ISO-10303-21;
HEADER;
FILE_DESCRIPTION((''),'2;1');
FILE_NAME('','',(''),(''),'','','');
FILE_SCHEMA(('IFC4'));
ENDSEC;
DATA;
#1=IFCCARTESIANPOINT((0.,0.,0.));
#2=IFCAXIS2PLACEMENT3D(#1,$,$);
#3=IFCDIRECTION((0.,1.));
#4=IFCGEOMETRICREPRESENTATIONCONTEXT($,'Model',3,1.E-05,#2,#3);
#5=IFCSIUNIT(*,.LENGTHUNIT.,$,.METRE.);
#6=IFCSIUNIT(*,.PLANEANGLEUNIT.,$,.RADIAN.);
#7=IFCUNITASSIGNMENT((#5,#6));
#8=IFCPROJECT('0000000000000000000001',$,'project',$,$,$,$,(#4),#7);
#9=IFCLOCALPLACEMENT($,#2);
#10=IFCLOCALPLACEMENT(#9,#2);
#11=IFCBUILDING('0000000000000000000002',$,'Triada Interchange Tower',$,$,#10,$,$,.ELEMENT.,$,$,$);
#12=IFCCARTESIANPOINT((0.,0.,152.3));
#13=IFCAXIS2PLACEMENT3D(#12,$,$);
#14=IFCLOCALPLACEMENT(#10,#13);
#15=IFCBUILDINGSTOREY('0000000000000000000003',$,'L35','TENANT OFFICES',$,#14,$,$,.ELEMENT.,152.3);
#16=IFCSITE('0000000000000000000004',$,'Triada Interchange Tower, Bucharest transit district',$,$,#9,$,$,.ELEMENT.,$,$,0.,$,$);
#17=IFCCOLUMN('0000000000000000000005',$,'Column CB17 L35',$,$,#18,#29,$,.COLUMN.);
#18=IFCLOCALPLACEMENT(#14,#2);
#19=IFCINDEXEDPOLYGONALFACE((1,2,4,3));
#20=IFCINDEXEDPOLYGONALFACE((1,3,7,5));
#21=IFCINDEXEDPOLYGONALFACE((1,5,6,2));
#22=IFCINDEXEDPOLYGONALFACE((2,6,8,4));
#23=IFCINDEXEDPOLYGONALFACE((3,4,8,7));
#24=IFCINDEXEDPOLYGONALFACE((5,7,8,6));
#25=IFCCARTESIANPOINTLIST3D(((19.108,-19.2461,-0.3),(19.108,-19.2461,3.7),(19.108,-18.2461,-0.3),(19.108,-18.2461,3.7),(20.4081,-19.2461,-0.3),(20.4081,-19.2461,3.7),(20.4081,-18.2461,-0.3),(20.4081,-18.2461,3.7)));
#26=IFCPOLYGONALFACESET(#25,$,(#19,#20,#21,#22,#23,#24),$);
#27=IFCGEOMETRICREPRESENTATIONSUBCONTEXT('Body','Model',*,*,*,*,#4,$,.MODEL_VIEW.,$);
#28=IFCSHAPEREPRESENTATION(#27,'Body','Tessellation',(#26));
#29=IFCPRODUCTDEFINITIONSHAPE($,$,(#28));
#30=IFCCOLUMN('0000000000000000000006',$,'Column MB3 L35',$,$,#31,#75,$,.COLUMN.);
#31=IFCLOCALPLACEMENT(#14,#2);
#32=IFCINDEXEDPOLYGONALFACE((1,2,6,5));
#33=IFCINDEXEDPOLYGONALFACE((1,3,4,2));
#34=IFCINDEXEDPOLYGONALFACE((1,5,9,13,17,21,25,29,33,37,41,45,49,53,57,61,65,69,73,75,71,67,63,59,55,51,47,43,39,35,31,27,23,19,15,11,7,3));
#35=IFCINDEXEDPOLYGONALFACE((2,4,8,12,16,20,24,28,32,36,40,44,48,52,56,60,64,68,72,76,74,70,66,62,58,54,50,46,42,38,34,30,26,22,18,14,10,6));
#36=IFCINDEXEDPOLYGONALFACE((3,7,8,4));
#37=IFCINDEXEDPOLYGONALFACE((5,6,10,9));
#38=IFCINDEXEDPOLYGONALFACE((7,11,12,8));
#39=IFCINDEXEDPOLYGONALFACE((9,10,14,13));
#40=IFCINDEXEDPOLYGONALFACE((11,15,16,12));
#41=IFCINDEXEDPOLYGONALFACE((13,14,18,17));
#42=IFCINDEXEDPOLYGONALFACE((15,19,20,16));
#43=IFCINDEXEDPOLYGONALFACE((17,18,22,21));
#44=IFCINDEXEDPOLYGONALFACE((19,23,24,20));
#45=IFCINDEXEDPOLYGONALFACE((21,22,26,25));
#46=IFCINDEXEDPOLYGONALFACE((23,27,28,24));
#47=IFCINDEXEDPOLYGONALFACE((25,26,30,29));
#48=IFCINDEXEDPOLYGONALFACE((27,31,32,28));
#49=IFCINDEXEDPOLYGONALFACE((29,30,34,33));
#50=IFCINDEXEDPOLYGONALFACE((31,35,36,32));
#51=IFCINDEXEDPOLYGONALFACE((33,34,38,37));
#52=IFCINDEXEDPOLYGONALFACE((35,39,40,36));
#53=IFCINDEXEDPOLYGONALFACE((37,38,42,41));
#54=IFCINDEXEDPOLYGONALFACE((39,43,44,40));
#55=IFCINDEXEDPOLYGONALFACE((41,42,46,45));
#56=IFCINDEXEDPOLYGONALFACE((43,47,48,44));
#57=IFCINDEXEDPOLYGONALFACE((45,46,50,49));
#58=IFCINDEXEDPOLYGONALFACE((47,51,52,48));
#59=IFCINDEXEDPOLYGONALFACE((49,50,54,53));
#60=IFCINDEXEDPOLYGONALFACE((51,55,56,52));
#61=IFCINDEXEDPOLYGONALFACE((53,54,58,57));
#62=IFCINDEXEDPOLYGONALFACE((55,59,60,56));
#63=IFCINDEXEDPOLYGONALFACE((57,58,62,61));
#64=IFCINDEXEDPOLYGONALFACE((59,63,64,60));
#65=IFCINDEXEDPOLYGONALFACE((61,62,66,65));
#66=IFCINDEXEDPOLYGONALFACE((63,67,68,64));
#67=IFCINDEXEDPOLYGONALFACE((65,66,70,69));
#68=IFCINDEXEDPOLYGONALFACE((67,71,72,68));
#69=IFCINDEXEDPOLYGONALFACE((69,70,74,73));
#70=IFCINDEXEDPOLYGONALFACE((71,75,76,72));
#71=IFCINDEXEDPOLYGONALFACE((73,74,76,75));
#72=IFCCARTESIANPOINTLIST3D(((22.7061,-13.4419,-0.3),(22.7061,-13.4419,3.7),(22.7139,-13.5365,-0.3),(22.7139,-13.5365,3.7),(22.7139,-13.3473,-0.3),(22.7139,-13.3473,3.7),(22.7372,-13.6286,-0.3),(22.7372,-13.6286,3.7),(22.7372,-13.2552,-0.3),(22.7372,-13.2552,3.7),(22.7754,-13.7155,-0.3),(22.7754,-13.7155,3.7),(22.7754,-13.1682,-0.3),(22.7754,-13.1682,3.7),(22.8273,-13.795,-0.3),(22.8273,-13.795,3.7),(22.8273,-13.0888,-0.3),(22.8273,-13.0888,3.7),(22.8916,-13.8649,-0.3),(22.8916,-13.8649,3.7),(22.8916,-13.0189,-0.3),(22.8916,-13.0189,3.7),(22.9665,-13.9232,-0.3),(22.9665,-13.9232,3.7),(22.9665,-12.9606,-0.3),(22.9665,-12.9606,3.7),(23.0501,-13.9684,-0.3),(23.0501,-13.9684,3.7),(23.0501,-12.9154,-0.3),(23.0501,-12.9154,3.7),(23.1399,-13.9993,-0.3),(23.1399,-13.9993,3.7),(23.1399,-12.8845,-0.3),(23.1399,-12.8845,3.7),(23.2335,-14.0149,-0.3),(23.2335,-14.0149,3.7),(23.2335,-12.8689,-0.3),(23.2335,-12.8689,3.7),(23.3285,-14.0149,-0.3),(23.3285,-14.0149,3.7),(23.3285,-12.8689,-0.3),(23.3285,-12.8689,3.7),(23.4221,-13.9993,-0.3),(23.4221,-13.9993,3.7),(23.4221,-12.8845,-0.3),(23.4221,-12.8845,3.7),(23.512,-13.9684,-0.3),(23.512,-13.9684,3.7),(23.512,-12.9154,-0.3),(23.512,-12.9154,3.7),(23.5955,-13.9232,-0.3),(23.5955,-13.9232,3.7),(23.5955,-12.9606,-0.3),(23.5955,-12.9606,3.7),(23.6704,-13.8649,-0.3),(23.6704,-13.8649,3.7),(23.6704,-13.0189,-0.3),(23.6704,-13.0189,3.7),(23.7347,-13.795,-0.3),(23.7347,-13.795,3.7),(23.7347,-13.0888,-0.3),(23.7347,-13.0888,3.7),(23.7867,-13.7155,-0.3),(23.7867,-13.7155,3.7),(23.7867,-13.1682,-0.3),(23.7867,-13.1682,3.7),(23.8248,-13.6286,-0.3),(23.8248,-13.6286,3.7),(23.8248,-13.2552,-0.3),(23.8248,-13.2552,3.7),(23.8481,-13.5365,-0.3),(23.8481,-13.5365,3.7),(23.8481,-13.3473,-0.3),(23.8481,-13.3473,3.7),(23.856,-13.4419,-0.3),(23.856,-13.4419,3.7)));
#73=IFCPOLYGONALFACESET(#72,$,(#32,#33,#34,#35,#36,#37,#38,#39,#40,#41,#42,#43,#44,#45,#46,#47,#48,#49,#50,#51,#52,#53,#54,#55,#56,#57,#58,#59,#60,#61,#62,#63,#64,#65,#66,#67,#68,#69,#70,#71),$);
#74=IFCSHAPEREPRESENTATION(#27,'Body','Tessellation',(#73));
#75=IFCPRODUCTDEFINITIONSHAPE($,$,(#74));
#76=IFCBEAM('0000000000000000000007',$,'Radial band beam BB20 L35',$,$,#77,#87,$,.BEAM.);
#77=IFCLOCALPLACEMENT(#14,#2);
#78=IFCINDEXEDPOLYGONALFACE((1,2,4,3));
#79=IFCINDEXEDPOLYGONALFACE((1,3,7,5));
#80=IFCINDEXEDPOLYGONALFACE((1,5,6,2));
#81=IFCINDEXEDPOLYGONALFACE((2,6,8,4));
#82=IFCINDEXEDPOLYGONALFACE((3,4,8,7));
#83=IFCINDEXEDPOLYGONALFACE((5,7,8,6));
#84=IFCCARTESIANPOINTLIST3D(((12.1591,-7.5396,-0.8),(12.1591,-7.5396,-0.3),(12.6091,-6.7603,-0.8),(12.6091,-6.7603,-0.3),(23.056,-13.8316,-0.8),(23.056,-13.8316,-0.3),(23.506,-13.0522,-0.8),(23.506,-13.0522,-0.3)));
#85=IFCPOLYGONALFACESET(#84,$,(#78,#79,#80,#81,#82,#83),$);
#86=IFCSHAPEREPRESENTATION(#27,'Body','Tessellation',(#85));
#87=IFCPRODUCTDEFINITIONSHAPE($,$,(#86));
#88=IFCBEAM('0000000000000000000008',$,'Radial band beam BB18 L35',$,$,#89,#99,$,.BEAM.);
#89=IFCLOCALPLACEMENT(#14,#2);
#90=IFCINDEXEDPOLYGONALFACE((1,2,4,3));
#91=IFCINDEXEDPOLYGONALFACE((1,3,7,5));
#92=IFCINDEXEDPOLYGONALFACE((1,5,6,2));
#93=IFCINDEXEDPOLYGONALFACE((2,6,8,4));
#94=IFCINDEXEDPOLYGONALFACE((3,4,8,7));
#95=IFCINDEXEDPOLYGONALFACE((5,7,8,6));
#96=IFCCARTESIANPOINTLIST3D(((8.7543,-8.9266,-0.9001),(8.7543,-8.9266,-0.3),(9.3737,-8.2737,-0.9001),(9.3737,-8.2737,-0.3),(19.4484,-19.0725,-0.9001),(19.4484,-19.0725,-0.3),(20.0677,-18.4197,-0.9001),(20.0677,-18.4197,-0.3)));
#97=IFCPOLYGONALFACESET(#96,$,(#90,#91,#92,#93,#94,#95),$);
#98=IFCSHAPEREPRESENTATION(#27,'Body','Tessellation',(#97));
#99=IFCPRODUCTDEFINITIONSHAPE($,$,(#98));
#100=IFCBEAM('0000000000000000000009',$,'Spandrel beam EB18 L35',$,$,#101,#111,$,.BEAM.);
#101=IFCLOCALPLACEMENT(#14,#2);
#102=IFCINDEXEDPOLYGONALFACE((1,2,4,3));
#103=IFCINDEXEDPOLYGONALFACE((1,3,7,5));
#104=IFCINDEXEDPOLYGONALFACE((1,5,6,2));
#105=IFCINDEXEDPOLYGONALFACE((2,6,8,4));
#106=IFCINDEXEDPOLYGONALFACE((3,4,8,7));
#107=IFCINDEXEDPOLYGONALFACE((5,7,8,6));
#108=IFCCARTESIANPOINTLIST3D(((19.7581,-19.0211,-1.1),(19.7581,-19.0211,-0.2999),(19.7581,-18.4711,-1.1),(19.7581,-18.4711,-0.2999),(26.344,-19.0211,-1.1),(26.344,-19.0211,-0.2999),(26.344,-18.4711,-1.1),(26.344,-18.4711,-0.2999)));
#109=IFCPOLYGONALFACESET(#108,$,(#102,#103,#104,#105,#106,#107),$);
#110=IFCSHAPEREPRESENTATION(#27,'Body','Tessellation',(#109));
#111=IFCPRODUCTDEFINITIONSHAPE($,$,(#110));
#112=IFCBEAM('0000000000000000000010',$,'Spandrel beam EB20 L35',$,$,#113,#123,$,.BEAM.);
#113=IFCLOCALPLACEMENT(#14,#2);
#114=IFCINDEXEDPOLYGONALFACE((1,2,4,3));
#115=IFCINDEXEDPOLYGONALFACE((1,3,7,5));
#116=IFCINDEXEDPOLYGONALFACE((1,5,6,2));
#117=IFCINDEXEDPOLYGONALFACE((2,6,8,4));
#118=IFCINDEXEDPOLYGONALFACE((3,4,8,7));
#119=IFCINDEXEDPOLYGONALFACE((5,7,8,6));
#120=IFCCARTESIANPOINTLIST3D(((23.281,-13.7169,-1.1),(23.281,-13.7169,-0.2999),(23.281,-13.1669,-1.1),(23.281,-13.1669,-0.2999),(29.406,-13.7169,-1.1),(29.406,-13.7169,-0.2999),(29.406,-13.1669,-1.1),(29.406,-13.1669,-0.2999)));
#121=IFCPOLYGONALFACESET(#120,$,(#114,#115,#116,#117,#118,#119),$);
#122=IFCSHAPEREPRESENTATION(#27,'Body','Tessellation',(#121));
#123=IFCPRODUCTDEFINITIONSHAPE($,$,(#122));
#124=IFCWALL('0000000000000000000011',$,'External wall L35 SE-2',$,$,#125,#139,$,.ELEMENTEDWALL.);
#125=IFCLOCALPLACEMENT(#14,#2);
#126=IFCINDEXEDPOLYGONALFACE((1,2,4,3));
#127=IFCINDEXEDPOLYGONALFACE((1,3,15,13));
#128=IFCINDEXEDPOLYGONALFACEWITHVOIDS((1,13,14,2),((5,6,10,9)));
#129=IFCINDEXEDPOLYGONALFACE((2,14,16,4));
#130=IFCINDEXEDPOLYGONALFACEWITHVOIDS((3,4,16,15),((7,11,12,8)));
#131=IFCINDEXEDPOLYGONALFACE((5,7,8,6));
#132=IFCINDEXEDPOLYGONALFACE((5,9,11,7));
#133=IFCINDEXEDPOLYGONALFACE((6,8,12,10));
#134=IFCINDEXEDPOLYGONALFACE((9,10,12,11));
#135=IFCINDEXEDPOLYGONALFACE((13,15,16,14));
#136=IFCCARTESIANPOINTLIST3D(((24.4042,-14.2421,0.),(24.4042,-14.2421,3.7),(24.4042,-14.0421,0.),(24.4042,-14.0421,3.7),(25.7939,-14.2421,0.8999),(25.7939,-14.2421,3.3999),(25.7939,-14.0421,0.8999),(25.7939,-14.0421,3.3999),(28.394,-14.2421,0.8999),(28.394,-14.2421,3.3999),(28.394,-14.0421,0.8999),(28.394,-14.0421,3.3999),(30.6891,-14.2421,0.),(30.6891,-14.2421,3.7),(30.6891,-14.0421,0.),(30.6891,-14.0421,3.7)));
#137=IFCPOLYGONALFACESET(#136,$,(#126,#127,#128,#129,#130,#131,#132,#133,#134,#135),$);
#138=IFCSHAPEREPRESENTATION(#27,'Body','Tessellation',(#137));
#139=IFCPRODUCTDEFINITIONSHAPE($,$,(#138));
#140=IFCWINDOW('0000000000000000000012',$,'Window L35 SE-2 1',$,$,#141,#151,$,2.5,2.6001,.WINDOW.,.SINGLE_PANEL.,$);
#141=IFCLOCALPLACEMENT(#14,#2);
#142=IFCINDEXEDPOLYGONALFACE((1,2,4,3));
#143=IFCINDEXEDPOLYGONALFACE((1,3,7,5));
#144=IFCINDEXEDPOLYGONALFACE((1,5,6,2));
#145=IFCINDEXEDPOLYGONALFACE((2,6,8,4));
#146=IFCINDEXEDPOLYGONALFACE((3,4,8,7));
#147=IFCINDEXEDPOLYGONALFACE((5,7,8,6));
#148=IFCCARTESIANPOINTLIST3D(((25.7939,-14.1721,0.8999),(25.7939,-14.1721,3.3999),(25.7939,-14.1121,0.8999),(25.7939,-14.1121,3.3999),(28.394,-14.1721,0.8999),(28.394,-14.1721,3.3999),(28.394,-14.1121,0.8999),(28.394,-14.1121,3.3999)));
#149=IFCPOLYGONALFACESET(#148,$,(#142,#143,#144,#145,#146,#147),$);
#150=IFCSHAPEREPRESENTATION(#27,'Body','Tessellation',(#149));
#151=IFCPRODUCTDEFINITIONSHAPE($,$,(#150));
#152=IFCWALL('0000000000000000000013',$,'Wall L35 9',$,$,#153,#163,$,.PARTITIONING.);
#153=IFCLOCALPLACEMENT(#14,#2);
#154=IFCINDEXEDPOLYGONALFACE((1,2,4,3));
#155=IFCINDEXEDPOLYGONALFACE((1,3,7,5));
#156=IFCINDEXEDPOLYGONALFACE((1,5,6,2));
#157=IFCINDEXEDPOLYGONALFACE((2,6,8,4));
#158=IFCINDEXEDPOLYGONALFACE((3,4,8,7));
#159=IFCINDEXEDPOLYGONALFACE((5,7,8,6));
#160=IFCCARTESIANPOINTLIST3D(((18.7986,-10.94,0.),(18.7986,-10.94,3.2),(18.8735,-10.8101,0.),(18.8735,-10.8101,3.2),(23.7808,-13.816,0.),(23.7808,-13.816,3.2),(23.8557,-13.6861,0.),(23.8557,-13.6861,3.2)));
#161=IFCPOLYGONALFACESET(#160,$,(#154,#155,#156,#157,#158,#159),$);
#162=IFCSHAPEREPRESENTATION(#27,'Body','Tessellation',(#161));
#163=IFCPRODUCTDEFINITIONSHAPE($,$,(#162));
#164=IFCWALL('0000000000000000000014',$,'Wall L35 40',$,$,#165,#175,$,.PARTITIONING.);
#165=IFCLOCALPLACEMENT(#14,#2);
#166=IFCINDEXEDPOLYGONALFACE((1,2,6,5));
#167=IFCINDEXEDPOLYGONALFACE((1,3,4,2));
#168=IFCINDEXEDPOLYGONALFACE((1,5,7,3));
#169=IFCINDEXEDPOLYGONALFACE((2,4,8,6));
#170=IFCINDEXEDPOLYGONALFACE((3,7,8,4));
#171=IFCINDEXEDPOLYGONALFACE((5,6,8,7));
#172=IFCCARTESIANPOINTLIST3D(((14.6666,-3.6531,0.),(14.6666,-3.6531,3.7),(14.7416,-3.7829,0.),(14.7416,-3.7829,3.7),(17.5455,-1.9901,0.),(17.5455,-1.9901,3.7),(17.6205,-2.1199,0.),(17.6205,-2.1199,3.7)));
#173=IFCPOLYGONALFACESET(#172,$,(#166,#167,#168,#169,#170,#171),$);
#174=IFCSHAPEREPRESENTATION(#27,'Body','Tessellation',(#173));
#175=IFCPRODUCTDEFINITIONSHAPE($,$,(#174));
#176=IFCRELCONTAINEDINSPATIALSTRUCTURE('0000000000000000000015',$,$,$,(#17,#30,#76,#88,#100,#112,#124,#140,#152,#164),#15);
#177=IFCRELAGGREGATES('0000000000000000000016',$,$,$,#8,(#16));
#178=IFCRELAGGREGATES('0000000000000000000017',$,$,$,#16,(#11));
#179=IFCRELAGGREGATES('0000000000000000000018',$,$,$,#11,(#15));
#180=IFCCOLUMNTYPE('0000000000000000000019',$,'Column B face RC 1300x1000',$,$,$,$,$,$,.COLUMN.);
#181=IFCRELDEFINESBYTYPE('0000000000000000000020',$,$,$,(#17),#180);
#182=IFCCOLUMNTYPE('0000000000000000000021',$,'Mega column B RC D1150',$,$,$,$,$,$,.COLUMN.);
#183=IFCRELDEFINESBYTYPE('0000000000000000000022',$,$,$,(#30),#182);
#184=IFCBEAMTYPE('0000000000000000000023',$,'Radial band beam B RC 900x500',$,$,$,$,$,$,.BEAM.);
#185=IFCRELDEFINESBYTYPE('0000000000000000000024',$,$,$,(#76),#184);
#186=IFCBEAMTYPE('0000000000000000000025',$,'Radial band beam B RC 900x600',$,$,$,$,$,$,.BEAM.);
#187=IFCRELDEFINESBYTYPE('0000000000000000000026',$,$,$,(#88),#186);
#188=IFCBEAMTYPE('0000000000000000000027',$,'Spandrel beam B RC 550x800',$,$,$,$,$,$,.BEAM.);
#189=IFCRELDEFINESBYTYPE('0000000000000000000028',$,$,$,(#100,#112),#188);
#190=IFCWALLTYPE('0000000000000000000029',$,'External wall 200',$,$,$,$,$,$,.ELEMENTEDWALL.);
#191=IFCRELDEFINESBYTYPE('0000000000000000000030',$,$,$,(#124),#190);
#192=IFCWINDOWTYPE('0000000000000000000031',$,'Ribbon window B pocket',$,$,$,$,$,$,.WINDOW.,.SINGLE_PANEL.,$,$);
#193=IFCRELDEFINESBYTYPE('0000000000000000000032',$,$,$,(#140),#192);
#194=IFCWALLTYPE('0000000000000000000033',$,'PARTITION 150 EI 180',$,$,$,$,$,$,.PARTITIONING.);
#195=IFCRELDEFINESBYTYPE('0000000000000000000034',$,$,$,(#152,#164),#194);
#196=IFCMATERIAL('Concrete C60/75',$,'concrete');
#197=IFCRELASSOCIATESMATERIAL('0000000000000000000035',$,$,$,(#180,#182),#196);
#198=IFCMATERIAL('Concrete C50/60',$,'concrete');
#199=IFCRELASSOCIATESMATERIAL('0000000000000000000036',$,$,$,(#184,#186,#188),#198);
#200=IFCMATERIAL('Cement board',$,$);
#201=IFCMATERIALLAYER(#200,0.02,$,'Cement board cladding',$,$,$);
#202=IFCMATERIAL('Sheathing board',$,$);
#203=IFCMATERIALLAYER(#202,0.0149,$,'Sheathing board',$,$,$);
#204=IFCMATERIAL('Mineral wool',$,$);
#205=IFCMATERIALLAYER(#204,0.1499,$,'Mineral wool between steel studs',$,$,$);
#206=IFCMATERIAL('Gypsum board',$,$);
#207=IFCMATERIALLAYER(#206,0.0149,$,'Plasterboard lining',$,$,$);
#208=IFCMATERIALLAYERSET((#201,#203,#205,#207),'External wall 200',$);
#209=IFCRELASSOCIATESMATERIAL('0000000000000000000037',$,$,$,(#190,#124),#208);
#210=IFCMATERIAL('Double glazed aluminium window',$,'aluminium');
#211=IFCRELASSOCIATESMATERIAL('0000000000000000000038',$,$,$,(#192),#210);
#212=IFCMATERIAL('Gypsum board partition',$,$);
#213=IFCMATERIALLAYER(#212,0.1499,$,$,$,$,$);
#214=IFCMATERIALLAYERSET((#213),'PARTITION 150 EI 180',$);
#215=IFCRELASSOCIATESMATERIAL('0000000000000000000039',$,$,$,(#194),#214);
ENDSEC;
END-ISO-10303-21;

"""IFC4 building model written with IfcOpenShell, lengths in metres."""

from ifc_helpers import new_model, si_unit, direction, frame, frame_2d, origin, origin_2d, place, context, subcontext, project, spatial, rectangle, circle, extrude, material, layer, layer_set, layer_usage, material_profile, profile_set, type_object, element, fill, save


model = new_model("IFC4")

# Units and contexts
model_context = context("Model", 3, precision=1e-05, world=origin(), true_north=direction((0.0, 1.0)))
body_context = subcontext(model_context, "Body", "Model", "MODEL_VIEW")
ifc_project = project(units=[si_unit("LENGTHUNIT", "METRE"), si_unit("PLANEANGLEUNIT", "RADIAN")], contexts=[model_context])

# Site, building, storey
site_placement = place(None, origin())
site = spatial("IfcSite", under=ifc_project, at=site_placement, Name="Triada Interchange Tower, Bucharest transit district", CompositionType="ELEMENT", RefElevation=0.0)
building_placement = place(site_placement, origin())
building = spatial("IfcBuilding", under=site, at=building_placement, Name="Triada Interchange Tower", CompositionType="ELEMENT")
storey_placement = place(building_placement, frame((0.0, 0.0, 152.3)))
storey = spatial("IfcBuildingStorey", under=building, at=storey_placement, Name="L35", Description="TENANT OFFICES", CompositionType="ELEMENT", Elevation=152.3)

# Columns
ifc_material_1 = material(Name="Concrete C60/75", Category="concrete")
ifc_material_profile_1 = material_profile(ifc_material_1, rectangle(XDim=1.3, YDim=1.0, at=origin_2d()), Name="RC 1300x1000")
ifc_profile_set_1 = profile_set([ifc_material_profile_1], Name="Concrete C60/75")
column_type_1 = type_object("IfcColumnType", Name="Column B face RC 1300x1000", PredefinedType="COLUMN", material=ifc_profile_set_1)
column_1_placement = place(storey_placement, frame((19.7581, -18.7461, -0.3), z_axis=(0.0, 0.0, 1.0), x_axis=(1.0, 0.0, 0.0)))
element("IfcColumn", 1, at=column_1_placement, inside=storey, type_object=column_type_1, Name="Column CB17 L35", PredefinedType="COLUMN", context=body_context, shape_type="SweptSolid", body=[
    extrude(rectangle(XDim=1.3, YDim=1.0, at=origin_2d()), origin(), (0.0, 0.0, 1.0), 4.0),
])
ifc_material_profile_2 = material_profile(ifc_material_1, circle(Radius=0.575, at=origin_2d()), Name="RC D1150")
ifc_profile_set_2 = profile_set([ifc_material_profile_2], Name="Concrete C60/75")
column_type_2 = type_object("IfcColumnType", Name="Mega column B RC D1150", PredefinedType="COLUMN", material=ifc_profile_set_2)
column_2_placement = place(storey_placement, frame((23.281, -13.4419, -0.3), z_axis=(0.0, 0.0, 1.0), x_axis=(1.0, 0.0, 0.0)))
element("IfcColumn", 2, at=column_2_placement, inside=storey, type_object=column_type_2, Name="Column MB3 L35", PredefinedType="COLUMN", context=body_context, shape_type="SweptSolid", body=[
    extrude(circle(Radius=0.575, at=origin_2d()), origin(), (0.0, 0.0, 1.0), 4.0),
])

# Beams
ifc_material_2 = material(Name="Concrete C50/60", Category="concrete")
ifc_material_profile_3 = material_profile(ifc_material_2, rectangle(XDim=0.8999, YDim=0.5, at=origin_2d()), Name="RC 900x500")
ifc_profile_set_3 = profile_set([ifc_material_profile_3], Name="Concrete C50/60")
beam_type_1 = type_object("IfcBeamType", Name="Radial band beam B RC 900x500", PredefinedType="BEAM", material=ifc_profile_set_3)
beam_1_placement = place(storey_placement, frame((23.281, -13.4419, -0.55), z_axis=(-0.866004, 0.500037, 0.0), x_axis=(-0.500037, -0.866004, 0.0)))
element("IfcBeam", 3, at=beam_1_placement, inside=storey, type_object=beam_type_1, Name="Radial band beam BB20 L35", PredefinedType="BEAM", context=body_context, shape_type="SweptSolid", body=[
    extrude(rectangle(XDim=0.8999, YDim=0.5, at=origin_2d()), origin(), (0.0, 0.0, 1.0), 12.583),
])
ifc_material_profile_4 = material_profile(ifc_material_2, rectangle(XDim=0.8999, YDim=0.6001, at=origin_2d()), Name="RC 900x600")
ifc_profile_set_4 = profile_set([ifc_material_profile_4], Name="Concrete C50/60")
beam_type_2 = type_object("IfcBeamType", Name="Radial band beam B RC 900x600", PredefinedType="BEAM", material=ifc_profile_set_4)
beam_2_placement = place(storey_placement, frame((19.7581, -18.7461, -0.6001), z_axis=(-0.725453, 0.688272, 0.0), x_axis=(-0.688272, -0.725453, 0.0)))
element("IfcBeam", 4, at=beam_2_placement, inside=storey, type_object=beam_type_2, Name="Radial band beam BB18 L35", PredefinedType="BEAM", context=body_context, shape_type="SweptSolid", body=[
    extrude(rectangle(XDim=0.8999, YDim=0.6001, at=origin_2d()), origin(), (0.0, 0.0, 1.0), 14.7412),
])
ifc_material_profile_5 = material_profile(ifc_material_2, rectangle(XDim=0.55, YDim=0.8, at=origin_2d()), Name="RC 550x800")
ifc_profile_set_5 = profile_set([ifc_material_profile_5], Name="Concrete C50/60")
beam_type_3 = type_object("IfcBeamType", Name="Spandrel beam B RC 550x800", PredefinedType="BEAM", material=ifc_profile_set_5)
beam_3_placement = place(storey_placement, frame((19.7581, -18.7461, -0.7), z_axis=(1.0, 0.0, 0.0), x_axis=(0.0, 1.0, 0.0)))
element("IfcBeam", 5, at=beam_3_placement, inside=storey, type_object=beam_type_3, Name="Spandrel beam EB18 L35", PredefinedType="BEAM", context=body_context, shape_type="SweptSolid", body=[
    extrude(rectangle(XDim=0.55, YDim=0.8, at=origin_2d()), origin(), (0.0, 0.0, 1.0), 6.5859),
])
beam_4_placement = place(storey_placement, frame((23.281, -13.4419, -0.7), z_axis=(1.0, 0.0, 0.0), x_axis=(0.0, 1.0, 0.0)))
element("IfcBeam", 6, at=beam_4_placement, inside=storey, type_object=beam_type_3, Name="Spandrel beam EB20 L35", PredefinedType="BEAM", context=body_context, shape_type="SweptSolid", body=[
    extrude(rectangle(XDim=0.55, YDim=0.8, at=origin_2d()), origin(), (0.0, 0.0, 1.0), 6.125),
])

# Wall, opening, window
ifc_material_3 = material(Name="Cement board")
ifc_layer_1 = layer(ifc_material_3, 0.02, Name="Cement board cladding")
ifc_material_4 = material(Name="Sheathing board")
ifc_layer_2 = layer(ifc_material_4, 0.0149, Name="Sheathing board")
ifc_material_5 = material(Name="Mineral wool")
ifc_layer_3 = layer(ifc_material_5, 0.1499, Name="Mineral wool between steel studs")
ifc_material_6 = material(Name="Gypsum board")
ifc_layer_4 = layer(ifc_material_6, 0.0149, Name="Plasterboard lining")
ifc_layer_set_1 = layer_set([ifc_layer_1, ifc_layer_2, ifc_layer_3, ifc_layer_4], Name="External wall 200")
ifc_layer_usage = layer_usage(ifc_layer_set_1, "AXIS2", "POSITIVE", -0.1001)
wall_type_1 = type_object("IfcWallType", Name="External wall 200", PredefinedType="ELEMENTEDWALL", material=ifc_layer_set_1)
wall_1_placement = place(storey_placement, frame((24.4041, -14.1421, 0.0), z_axis=(0.0, 0.0, 1.0), x_axis=(1.0, 0.0, 0.0)))
wall_1 = element("IfcWall", 7, at=wall_1_placement, inside=storey, type_object=wall_type_1, material=ifc_layer_usage, Name="External wall L35 SE-2", PredefinedType="ELEMENTEDWALL", context=body_context, shape_type="SweptSolid", body=[
    extrude(rectangle(XDim=6.2849, YDim=0.2, at=frame_2d((3.1426, 0.0))), origin(), (0.0, 0.0, 1.0), 3.7),
])
opening_1_placement = place(wall_1_placement, frame((1.3899, 0.0, 0.8999)))
opening_1 = element("IfcOpeningElement", 8, at=opening_1_placement, cuts=wall_1, PredefinedType="OPENING", context=body_context, shape_type="SweptSolid", body=[
    extrude(rectangle(XDim=2.6001, YDim=2.5, at=frame_2d((1.3, 1.25))), frame((0.0, 0.1099, 0.0), z_axis=(0.0, -1.0, 0.0), x_axis=(1.0, 0.0, 0.0)), (0.0, 0.0, 1.0), 0.22),
])
ifc_material_7 = material(Name="Double glazed aluminium window", Category="aluminium")
window_type = type_object("IfcWindowType", Name="Ribbon window B pocket", PartitioningType="SINGLE_PANEL", PredefinedType="WINDOW", material=ifc_material_7)
window_placement = place(opening_1_placement, origin())
window = element("IfcWindow", 9, at=window_placement, inside=storey, type_object=window_type, Name="Window L35 SE-2 1", OverallHeight=2.5, OverallWidth=2.6001, PartitioningType="SINGLE_PANEL", PredefinedType="WINDOW", context=body_context, shape_type="SweptSolid", body=[
    extrude(rectangle(XDim=2.6001, YDim=2.5, at=frame_2d((1.3, 1.25))), frame((0.0, 0.03, 0.0), z_axis=(0.0, -1.0, 0.0), x_axis=(1.0, 0.0, 0.0)), (0.0, 0.0, 1.0), 0.0601),
])
fill(opening_1, window)

# Walls
ifc_material_8 = material(Name="Gypsum board partition")
ifc_layer_5 = layer(ifc_material_8, 0.1499)
ifc_layer_set_2 = layer_set([ifc_layer_5], Name="PARTITION 150 EI 180")
wall_type_2 = type_object("IfcWallType", Name="PARTITION 150 EI 180", PredefinedType="PARTITIONING", material=ifc_layer_set_2)
wall_2_placement = place(storey_placement, frame((18.8359, -10.875, 0.0), z_axis=(0.0, 0.0, 1.0), x_axis=(0.866062, -0.499937, 0.0)))
element("IfcWall", 10, at=wall_2_placement, inside=storey, type_object=wall_type_2, Name="Wall L35 9", PredefinedType="PARTITIONING", context=body_context, shape_type="SweptSolid", body=[
    extrude(rectangle(XDim=5.7527, YDim=0.1499, at=frame_2d((2.8765, 0.0))), origin(), (0.0, 0.0, 1.0), 3.2),
])
wall_3_placement = place(storey_placement, frame((14.7041, -3.718, 0.0), z_axis=(0.0, 0.0, 1.0), x_axis=(0.865902, 0.500214, 0.0)))
element("IfcWall", 11, at=wall_3_placement, inside=storey, type_object=wall_type_2, Name="Wall L35 40", PredefinedType="PARTITIONING", context=body_context, shape_type="SweptSolid", body=[
    extrude(rectangle(XDim=3.3247, YDim=0.1499, at=frame_2d((1.6624, 0.0))), origin(), (0.0, 0.0, 1.0), 3.7),
])

save(model, "model.ifc")
